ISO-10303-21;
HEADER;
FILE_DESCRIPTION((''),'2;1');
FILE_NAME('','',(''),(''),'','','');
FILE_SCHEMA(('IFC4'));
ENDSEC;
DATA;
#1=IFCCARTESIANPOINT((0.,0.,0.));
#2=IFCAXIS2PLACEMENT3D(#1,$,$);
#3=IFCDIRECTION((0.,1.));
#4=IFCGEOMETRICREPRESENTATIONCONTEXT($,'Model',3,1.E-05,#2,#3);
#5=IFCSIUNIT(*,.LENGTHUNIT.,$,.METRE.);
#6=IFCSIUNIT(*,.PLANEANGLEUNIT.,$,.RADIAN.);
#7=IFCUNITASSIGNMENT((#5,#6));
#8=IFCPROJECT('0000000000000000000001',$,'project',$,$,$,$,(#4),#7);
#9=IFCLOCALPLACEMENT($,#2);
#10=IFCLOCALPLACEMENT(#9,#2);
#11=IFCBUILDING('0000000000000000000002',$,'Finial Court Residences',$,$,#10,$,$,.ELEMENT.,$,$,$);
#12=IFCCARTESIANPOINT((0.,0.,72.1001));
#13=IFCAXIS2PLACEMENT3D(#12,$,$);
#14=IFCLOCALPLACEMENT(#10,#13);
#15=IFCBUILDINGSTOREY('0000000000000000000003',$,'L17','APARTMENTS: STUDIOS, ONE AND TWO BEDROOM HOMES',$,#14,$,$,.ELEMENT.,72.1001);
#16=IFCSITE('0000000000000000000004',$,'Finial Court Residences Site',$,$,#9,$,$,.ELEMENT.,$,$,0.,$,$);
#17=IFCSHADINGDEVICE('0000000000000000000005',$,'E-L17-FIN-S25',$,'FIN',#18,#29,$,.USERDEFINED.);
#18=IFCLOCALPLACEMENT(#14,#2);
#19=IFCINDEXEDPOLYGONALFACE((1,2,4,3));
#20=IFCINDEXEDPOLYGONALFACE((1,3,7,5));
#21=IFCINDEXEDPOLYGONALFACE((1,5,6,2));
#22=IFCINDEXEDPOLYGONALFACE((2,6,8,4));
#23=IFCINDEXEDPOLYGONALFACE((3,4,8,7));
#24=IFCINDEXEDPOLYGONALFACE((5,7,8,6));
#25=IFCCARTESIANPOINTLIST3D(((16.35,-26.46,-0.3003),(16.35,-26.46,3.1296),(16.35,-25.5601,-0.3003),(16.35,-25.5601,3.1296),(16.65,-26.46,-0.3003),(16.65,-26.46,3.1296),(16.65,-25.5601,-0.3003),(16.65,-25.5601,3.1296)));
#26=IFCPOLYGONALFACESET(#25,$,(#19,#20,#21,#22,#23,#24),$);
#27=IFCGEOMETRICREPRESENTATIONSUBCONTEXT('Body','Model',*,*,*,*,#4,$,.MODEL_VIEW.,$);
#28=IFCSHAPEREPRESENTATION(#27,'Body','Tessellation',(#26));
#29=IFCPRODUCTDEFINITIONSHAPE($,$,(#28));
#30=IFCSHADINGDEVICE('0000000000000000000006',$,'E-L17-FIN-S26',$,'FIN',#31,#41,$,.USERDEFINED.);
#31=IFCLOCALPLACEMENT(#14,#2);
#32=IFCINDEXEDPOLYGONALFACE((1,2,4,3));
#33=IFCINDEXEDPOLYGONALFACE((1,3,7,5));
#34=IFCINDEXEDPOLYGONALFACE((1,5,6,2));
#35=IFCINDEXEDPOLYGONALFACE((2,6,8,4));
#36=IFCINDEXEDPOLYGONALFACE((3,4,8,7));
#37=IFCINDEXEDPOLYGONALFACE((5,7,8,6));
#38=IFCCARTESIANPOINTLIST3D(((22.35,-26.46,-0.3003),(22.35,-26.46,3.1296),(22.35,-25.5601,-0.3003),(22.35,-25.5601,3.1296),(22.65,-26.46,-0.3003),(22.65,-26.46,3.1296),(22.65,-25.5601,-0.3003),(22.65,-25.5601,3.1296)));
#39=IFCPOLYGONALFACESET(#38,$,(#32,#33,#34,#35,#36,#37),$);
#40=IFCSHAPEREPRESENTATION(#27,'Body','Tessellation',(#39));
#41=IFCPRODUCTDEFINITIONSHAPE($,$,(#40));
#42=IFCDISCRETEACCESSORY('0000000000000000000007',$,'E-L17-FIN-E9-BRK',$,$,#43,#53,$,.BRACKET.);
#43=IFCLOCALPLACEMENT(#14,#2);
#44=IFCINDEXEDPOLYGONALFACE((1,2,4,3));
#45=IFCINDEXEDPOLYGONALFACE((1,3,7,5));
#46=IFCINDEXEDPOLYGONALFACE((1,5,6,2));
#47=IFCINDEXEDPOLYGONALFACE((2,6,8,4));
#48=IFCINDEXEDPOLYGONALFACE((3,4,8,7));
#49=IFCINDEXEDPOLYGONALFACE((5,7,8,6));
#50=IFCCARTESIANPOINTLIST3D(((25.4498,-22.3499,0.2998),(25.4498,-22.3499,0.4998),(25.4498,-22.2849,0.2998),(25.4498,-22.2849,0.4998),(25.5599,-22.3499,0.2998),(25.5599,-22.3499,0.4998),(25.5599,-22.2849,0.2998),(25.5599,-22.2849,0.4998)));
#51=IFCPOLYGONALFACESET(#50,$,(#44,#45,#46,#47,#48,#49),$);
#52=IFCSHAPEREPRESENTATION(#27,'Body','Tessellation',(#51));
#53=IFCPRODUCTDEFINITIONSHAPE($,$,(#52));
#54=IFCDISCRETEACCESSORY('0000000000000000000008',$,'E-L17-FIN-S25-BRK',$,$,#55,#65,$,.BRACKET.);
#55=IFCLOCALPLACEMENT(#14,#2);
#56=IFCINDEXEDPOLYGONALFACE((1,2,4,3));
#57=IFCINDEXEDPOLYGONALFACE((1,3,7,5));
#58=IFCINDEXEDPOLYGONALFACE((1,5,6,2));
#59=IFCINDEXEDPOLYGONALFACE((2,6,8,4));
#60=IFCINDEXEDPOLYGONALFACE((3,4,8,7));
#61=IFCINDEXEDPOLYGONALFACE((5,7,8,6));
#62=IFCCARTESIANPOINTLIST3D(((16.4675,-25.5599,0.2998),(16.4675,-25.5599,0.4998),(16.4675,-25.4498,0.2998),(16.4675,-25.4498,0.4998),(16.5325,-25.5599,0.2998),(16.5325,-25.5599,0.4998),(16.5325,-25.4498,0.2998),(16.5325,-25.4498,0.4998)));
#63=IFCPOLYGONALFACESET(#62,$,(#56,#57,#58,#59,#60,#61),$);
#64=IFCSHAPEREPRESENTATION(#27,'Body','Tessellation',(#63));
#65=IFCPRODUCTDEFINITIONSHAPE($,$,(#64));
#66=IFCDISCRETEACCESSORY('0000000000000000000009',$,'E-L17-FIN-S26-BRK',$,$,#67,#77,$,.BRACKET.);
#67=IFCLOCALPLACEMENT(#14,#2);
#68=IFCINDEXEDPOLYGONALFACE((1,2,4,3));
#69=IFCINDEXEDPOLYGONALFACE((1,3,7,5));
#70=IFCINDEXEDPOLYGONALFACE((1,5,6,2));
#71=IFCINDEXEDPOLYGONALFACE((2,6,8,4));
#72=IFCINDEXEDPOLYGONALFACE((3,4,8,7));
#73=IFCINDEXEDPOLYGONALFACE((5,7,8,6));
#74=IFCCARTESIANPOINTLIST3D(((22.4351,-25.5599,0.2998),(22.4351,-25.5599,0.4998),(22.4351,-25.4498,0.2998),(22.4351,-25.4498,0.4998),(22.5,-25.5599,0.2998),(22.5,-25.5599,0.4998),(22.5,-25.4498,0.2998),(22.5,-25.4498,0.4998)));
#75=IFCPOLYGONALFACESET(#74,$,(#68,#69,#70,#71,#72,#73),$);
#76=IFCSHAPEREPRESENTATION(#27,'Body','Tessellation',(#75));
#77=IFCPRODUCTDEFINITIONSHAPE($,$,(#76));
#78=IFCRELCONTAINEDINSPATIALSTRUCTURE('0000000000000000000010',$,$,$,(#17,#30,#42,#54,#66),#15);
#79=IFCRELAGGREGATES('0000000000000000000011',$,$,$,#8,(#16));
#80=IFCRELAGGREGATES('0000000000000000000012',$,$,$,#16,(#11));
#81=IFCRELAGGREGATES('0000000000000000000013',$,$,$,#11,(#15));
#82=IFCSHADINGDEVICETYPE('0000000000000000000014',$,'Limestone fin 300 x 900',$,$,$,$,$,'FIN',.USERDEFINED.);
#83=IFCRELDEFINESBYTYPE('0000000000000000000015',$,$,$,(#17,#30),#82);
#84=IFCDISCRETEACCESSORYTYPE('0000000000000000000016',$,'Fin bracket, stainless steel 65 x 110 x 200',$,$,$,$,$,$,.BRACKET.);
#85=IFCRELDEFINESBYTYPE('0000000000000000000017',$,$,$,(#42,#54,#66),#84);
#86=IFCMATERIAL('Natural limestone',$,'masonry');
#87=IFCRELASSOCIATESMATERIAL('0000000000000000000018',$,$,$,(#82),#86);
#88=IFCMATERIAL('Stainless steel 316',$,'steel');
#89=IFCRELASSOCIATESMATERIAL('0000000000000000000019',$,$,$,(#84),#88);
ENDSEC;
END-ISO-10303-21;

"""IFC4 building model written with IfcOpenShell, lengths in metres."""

from ifc_helpers import new_model, si_unit, direction, frame, origin, origin_2d, place, context, subcontext, project, spatial, rectangle, extrude, material, type_object, element, save


model = new_model("IFC4")

# Units and contexts
model_context = context("Model", 3, precision=1e-05, world=origin(), true_north=direction((0.0, 1.0)))
body_context = subcontext(model_context, "Body", "Model", "MODEL_VIEW")
ifc_project = project(units=[si_unit("LENGTHUNIT", "METRE"), si_unit("PLANEANGLEUNIT", "RADIAN")], contexts=[model_context])

# Site, building, storey
site_placement = place(None, origin())
site = spatial("IfcSite", under=ifc_project, at=site_placement, Name="Finial Court Residences Site", CompositionType="ELEMENT", RefElevation=0.0)
building_placement = place(site_placement, origin())
building = spatial("IfcBuilding", under=site, at=building_placement, Name="Finial Court Residences", CompositionType="ELEMENT")
storey_placement = place(building_placement, frame((0.0, 0.0, 72.1001)))
storey = spatial("IfcBuildingStorey", under=building, at=storey_placement, Name="L17", Description="APARTMENTS: STUDIOS, ONE AND TWO BEDROOM HOMES", CompositionType="ELEMENT", Elevation=72.1001)

# Shared definitions
ifc_material_1 = material(Name="Natural limestone", Category="masonry")

# Shading devices
shading_device_type = type_object("IfcShadingDeviceType", Name="Limestone fin 300 x 900", ElementType="FIN", PredefinedType="USERDEFINED", material=ifc_material_1)
for number, where, z_axis, x_axis, name in (
    (1, (16.5, -26.01, -0.3003), (0.0, 0.0, 1.0), (1.0, 0.0, 0.0), "E-L17-FIN-S25"),
    (2, (22.5, -26.01, -0.3003), (0.0, 0.0, 1.0), (1.0, 0.0, 0.0), "E-L17-FIN-S26"),
):
    element("IfcShadingDevice", number, at=place(storey_placement, frame(where, z_axis=z_axis, x_axis=x_axis)), inside=storey, type_object=shading_device_type, Name=name, ObjectType="FIN", PredefinedType="USERDEFINED", context=body_context, shape_type="SweptSolid", body=[
        extrude(rectangle(XDim=0.3, YDim=0.8999, at=origin_2d()), origin(), (0.0, 0.0, 1.0), 3.4299),
    ])

# Discrete accessories
ifc_material_2 = material(Name="Stainless steel 316", Category="steel")
discrete_accessory_type = type_object("IfcDiscreteAccessoryType", Name="Fin bracket, stainless steel 65 x 110 x 200", PredefinedType="BRACKET", material=ifc_material_2)
discrete_accessory_placement = place(storey_placement, frame((25.5049, -22.3174, 0.2998), z_axis=(0.0, 0.0, 1.0), x_axis=(1.0, 0.0, 0.0)))
element("IfcDiscreteAccessory", 3, at=discrete_accessory_placement, inside=storey, type_object=discrete_accessory_type, Name="E-L17-FIN-E9-BRK", PredefinedType="BRACKET", context=body_context, shape_type="SweptSolid", body=[
    extrude(rectangle(XDim=0.1101, YDim=0.0649, at=origin_2d()), origin(), (0.0, 0.0, 1.0), 0.2),
])
for number, where, z_axis, x_axis, name in (
    (4, (16.5, -25.5049, 0.2998), (0.0, 0.0, 1.0), (1.0, 0.0, 0.0), "E-L17-FIN-S25-BRK"),
    (5, (22.4675, -25.5049, 0.2998), (0.0, 0.0, 1.0), (1.0, 0.0, 0.0), "E-L17-FIN-S26-BRK"),
):
    element("IfcDiscreteAccessory", number, at=place(storey_placement, frame(where, z_axis=z_axis, x_axis=x_axis)), inside=storey, type_object=discrete_accessory_type, Name=name, PredefinedType="BRACKET", context=body_context, shape_type="SweptSolid", body=[
        extrude(rectangle(XDim=0.0649, YDim=0.1101, at=origin_2d()), origin(), (0.0, 0.0, 1.0), 0.2),
    ])

save(model, "model.ifc")
